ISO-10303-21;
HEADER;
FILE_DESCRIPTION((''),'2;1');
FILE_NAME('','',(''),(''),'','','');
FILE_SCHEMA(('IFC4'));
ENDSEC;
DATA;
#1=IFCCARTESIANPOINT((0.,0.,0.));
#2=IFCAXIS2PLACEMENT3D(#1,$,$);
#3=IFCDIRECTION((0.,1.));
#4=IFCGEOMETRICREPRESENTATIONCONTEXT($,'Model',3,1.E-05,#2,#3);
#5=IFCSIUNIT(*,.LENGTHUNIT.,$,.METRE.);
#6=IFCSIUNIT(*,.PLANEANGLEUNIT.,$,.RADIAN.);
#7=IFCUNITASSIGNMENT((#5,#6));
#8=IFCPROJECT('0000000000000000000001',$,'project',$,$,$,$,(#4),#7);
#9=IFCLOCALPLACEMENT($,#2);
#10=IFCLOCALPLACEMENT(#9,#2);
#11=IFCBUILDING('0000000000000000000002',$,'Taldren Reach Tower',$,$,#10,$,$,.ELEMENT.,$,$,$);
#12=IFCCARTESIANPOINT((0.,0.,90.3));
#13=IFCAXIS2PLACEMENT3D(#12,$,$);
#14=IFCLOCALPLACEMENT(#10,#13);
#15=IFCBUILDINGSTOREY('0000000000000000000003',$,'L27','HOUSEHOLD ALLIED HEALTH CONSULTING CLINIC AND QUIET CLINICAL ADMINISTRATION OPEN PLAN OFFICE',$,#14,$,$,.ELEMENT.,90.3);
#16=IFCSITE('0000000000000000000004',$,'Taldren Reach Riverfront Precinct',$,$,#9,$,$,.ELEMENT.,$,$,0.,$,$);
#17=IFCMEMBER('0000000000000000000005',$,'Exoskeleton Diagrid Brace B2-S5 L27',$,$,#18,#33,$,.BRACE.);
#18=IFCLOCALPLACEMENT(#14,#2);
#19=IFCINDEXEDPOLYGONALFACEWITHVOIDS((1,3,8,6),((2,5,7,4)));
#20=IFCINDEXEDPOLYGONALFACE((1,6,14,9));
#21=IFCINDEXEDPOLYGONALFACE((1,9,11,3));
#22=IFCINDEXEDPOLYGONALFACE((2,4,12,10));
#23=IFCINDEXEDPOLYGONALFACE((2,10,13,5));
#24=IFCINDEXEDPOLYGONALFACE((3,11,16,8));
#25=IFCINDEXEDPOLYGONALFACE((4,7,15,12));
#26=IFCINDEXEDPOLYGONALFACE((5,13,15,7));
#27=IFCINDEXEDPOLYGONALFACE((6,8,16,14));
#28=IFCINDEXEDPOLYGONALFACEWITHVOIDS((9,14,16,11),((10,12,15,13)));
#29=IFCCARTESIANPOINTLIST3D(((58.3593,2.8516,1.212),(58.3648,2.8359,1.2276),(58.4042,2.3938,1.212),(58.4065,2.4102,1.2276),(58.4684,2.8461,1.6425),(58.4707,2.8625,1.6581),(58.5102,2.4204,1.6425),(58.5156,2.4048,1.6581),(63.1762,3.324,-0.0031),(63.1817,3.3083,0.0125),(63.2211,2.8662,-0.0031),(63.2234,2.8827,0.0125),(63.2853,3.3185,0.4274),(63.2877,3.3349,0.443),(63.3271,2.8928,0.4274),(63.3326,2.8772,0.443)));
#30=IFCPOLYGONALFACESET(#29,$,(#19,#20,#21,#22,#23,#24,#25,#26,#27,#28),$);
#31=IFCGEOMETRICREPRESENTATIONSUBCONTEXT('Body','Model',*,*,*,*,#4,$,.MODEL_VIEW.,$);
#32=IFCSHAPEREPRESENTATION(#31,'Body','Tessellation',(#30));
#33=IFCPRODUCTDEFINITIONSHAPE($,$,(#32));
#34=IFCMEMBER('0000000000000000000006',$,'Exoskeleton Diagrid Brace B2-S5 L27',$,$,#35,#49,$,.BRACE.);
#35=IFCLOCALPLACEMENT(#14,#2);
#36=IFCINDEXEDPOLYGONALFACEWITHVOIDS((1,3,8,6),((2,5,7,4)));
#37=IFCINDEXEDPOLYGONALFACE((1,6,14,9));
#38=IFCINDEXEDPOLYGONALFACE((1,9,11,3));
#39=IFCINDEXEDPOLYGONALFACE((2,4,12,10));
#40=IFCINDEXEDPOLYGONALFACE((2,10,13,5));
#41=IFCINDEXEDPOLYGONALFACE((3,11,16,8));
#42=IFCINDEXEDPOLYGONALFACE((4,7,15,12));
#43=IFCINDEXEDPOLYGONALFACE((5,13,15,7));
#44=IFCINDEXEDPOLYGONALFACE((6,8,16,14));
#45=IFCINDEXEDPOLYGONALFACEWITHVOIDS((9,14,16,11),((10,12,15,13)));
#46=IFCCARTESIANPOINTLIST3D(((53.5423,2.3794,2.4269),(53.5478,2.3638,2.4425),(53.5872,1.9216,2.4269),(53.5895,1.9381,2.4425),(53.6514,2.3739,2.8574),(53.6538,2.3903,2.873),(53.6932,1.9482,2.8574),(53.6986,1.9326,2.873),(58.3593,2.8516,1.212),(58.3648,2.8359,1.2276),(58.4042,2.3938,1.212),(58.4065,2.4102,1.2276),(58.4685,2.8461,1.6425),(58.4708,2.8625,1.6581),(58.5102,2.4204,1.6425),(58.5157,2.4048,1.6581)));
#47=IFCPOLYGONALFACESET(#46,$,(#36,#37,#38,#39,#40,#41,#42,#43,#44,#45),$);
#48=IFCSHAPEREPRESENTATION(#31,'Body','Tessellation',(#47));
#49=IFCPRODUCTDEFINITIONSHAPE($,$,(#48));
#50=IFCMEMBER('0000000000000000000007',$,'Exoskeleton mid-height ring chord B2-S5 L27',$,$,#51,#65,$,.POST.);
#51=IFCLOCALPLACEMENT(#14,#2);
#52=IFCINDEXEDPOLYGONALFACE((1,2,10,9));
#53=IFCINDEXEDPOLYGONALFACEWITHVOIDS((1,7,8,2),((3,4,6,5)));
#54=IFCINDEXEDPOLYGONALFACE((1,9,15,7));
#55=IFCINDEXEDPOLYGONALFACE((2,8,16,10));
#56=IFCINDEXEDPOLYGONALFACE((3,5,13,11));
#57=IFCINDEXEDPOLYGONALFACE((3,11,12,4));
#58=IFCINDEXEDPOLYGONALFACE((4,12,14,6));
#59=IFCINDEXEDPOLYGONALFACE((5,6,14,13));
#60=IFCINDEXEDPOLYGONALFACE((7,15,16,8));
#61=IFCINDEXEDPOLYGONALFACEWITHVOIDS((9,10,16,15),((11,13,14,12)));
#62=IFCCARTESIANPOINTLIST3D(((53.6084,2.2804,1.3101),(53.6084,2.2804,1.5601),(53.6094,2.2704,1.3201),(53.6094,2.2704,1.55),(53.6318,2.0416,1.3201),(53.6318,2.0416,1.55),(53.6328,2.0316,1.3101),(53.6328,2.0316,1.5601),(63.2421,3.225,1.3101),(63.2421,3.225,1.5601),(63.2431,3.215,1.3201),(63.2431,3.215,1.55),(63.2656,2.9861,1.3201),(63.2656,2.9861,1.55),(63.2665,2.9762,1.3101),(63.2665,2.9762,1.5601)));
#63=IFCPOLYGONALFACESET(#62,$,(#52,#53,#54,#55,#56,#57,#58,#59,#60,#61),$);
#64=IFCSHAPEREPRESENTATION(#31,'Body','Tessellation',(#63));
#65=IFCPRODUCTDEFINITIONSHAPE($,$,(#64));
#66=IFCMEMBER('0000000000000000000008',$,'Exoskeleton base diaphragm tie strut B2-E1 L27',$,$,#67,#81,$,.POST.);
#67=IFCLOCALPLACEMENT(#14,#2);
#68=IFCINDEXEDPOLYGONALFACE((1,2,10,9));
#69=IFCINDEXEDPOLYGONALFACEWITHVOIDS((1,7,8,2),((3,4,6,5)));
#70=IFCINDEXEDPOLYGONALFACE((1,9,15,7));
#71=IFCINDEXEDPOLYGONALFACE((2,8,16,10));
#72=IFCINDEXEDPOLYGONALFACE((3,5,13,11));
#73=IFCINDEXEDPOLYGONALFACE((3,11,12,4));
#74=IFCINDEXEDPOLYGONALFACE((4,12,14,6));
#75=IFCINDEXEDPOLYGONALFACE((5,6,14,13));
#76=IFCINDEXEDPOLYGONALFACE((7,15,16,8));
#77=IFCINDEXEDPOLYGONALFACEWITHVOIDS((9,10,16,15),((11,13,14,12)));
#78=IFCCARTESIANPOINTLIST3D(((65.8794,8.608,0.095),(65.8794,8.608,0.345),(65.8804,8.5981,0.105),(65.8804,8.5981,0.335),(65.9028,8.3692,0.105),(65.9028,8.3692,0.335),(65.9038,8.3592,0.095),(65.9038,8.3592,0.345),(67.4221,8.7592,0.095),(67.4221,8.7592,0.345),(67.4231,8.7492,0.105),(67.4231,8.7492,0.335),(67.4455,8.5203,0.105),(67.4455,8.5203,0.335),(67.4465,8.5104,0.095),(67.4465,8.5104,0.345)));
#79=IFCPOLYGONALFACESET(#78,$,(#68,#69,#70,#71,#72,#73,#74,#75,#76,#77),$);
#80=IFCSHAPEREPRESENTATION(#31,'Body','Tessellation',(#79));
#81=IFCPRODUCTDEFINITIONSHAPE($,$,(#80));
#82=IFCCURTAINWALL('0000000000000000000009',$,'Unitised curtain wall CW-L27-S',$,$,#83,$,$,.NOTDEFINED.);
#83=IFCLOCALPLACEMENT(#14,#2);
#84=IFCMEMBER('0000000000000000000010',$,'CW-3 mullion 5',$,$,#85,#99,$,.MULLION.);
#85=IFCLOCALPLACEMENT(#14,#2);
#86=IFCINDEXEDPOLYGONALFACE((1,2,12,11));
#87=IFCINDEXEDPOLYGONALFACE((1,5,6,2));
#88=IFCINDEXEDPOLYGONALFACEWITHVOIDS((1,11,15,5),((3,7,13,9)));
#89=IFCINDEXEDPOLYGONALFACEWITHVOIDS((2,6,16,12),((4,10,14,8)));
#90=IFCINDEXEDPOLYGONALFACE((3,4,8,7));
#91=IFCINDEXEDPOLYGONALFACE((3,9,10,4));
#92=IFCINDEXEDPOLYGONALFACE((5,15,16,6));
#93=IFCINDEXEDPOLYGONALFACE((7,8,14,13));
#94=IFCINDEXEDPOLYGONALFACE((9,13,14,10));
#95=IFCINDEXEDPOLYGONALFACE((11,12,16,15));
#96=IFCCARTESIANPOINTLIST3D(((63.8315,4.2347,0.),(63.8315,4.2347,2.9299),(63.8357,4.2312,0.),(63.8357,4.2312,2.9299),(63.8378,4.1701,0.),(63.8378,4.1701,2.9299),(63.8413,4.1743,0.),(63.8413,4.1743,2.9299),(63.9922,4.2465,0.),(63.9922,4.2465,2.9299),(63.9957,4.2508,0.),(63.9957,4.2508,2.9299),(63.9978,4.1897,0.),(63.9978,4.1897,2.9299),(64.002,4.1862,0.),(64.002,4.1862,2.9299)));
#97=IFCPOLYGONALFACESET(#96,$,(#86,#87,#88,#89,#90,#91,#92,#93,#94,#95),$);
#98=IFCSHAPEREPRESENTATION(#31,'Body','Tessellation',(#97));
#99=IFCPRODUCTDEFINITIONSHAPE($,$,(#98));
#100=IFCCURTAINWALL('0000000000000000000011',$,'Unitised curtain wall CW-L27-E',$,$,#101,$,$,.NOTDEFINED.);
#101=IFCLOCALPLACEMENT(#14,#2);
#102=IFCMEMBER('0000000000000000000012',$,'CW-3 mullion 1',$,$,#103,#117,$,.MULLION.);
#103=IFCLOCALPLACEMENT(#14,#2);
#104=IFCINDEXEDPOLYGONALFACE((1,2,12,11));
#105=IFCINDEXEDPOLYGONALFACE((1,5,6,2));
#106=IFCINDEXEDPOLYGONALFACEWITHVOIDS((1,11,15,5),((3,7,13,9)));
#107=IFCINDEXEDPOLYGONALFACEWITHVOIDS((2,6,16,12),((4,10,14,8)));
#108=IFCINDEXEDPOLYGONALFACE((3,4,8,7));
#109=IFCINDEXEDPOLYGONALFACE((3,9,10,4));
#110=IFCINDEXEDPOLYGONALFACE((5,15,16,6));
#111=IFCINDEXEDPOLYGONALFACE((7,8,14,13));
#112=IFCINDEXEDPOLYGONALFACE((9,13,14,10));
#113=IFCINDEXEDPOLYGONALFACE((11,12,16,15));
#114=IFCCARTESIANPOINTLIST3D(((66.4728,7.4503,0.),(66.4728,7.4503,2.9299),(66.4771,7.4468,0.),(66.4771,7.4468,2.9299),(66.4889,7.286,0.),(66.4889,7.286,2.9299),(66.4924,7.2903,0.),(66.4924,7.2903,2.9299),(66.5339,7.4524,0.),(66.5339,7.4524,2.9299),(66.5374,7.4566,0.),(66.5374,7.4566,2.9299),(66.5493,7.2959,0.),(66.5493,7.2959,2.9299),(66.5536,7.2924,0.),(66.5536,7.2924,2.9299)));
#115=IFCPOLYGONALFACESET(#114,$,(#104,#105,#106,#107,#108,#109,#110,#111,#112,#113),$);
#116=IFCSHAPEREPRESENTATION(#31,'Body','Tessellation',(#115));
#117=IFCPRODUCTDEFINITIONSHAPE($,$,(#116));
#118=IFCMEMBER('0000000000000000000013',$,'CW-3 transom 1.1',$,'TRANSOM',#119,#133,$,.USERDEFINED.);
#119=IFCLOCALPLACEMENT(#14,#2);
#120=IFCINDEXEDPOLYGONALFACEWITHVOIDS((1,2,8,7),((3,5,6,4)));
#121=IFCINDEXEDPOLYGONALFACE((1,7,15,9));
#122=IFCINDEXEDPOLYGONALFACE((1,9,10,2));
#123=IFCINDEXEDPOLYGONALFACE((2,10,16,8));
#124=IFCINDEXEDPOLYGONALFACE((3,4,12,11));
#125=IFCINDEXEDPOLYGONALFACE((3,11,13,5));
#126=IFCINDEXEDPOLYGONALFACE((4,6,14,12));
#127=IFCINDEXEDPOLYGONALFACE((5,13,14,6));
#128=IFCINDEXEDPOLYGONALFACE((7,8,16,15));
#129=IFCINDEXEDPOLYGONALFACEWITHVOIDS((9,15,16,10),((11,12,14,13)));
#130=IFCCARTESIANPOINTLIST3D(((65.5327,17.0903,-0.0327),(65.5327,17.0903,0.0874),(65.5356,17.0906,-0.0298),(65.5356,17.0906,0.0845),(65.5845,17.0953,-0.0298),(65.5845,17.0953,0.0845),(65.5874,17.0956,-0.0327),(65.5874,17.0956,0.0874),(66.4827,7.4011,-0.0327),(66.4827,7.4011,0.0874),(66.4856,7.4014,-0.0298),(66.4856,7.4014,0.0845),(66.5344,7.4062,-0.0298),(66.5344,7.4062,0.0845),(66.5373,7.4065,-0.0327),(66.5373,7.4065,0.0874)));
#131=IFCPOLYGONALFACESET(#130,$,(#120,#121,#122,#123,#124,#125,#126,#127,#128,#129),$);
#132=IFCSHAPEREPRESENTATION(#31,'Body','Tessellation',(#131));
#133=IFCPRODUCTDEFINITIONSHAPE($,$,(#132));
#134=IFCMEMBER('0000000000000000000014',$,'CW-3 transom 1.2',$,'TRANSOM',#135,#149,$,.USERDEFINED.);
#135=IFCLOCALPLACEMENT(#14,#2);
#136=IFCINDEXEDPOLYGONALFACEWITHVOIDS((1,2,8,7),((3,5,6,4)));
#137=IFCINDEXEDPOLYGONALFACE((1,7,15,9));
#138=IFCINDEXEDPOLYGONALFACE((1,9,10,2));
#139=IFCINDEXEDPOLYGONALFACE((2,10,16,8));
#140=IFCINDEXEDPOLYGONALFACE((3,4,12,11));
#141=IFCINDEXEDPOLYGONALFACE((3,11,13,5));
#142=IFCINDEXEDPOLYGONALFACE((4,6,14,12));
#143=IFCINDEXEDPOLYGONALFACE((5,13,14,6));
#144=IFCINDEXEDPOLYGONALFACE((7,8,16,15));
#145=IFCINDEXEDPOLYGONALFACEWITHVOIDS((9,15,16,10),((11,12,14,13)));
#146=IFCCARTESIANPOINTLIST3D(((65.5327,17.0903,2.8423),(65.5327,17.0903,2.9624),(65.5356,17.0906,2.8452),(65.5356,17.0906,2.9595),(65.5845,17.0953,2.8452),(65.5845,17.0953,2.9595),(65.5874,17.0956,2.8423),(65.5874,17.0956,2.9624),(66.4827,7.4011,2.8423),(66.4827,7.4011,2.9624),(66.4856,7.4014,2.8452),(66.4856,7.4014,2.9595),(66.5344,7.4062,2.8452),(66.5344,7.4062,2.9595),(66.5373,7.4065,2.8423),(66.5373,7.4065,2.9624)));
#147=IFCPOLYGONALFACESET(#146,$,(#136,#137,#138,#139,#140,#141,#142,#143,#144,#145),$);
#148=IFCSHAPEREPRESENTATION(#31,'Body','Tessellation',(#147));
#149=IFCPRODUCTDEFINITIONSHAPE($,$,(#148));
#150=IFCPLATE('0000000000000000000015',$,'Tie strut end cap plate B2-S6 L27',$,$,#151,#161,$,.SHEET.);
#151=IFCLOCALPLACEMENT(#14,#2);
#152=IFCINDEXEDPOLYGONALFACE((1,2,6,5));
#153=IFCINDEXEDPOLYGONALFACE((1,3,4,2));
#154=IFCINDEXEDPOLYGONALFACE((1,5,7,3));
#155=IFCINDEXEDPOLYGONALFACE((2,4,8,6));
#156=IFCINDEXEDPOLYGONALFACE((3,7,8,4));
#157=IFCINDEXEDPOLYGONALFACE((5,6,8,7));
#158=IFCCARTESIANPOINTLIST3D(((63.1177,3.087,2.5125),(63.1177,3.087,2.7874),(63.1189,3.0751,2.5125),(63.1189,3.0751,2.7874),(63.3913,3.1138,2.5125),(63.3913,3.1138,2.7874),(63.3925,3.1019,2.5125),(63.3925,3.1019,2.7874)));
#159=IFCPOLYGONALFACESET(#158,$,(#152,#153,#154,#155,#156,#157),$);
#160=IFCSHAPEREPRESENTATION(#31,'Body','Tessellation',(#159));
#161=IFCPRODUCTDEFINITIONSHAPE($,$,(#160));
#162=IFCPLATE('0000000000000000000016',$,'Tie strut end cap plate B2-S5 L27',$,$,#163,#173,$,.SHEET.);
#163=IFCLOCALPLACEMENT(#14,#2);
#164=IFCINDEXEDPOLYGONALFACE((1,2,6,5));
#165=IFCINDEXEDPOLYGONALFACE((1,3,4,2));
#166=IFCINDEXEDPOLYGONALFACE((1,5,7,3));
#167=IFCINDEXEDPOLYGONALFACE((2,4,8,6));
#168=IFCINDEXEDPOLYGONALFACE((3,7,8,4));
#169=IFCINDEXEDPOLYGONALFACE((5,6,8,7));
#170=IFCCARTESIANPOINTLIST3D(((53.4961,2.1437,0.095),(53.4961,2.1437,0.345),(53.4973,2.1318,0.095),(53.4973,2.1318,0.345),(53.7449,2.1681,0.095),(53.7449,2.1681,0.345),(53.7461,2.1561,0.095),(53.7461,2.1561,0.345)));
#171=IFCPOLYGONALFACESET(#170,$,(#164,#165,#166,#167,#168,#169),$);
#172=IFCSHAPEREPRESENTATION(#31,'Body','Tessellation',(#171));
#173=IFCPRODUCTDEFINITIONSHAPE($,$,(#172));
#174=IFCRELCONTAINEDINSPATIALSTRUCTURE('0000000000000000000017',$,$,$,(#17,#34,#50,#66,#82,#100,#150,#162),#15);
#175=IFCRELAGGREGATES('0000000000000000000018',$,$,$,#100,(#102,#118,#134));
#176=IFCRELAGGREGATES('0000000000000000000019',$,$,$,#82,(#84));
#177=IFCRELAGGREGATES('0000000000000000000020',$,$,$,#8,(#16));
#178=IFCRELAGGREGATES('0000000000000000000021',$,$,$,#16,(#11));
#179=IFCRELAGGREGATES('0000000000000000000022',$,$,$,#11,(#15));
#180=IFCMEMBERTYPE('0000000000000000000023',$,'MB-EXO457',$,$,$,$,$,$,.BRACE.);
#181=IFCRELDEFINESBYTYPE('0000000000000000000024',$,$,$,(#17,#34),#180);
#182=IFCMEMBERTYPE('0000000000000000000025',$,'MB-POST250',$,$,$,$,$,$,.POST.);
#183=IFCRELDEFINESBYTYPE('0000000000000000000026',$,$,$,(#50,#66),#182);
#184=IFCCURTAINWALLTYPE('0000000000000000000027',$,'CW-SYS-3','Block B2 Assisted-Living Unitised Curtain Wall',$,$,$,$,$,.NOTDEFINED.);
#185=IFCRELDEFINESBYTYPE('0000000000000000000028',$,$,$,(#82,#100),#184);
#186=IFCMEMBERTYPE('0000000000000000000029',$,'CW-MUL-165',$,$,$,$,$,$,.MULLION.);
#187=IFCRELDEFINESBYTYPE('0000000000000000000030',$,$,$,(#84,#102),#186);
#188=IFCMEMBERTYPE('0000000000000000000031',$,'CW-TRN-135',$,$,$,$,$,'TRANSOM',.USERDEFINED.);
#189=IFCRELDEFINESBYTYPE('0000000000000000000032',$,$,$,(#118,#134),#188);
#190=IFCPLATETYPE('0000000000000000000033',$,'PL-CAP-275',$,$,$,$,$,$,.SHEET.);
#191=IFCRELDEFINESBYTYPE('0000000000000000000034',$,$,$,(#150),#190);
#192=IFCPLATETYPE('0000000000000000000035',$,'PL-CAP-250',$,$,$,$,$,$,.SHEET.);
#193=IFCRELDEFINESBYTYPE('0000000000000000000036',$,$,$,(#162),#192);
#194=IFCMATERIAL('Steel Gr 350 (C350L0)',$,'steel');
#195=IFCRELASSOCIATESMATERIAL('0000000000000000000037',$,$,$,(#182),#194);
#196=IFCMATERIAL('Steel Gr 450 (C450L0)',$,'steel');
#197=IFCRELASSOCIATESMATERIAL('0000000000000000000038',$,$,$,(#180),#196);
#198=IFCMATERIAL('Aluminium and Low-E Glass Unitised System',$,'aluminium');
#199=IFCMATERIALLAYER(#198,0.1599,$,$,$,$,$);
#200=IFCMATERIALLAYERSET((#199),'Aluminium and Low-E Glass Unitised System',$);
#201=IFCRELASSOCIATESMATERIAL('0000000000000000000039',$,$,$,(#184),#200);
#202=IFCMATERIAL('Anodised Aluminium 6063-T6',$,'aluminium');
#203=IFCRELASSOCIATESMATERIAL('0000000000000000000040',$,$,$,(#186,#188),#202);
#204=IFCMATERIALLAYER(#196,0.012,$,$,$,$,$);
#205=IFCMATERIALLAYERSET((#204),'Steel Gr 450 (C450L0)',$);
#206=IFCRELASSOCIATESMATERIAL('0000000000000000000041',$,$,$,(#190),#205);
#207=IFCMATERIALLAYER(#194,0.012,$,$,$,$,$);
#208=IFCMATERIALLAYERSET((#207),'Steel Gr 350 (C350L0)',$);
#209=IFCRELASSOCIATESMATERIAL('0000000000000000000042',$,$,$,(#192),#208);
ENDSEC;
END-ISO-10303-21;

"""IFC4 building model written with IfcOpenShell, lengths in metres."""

from ifc_helpers import new_model, si_unit, direction, frame, origin, origin_2d, place, context, subcontext, project, spatial, rectangle, hollow_rectangle, extrude, source, transform, mapped, material, layer, layer_set, material_profile, profile_set, type_object, element, aggregate, save


model = new_model("IFC4")

# Units and contexts
model_context = context("Model", 3, precision=1e-05, world=origin(), true_north=direction((0.0, 1.0)))
body_context = subcontext(model_context, "Body", "Model", "MODEL_VIEW")
ifc_project = project(units=[si_unit("LENGTHUNIT", "METRE"), si_unit("PLANEANGLEUNIT", "RADIAN")], contexts=[model_context])

# Site, building, storey
site_placement = place(None, origin())
site = spatial("IfcSite", under=ifc_project, at=site_placement, Name="Taldren Reach Riverfront Precinct", CompositionType="ELEMENT", RefElevation=0.0)
building_placement = place(site_placement, origin())
building = spatial("IfcBuilding", under=site, at=building_placement, Name="Taldren Reach Tower", CompositionType="ELEMENT")
storey_placement = place(building_placement, frame((0.0, 0.0, 90.3)))
storey = spatial("IfcBuildingStorey", under=building, at=storey_placement, Name="L27", Description="HOUSEHOLD ALLIED HEALTH CONSULTING CLINIC AND QUIET CLINICAL ADMINISTRATION OPEN PLAN OFFICE", CompositionType="ELEMENT", Elevation=90.3)

# Shared definitions
ifc_material_1 = material(Name="Steel Gr 450 (C450L0)", Category="steel")
ifc_material_2 = material(Name="Steel Gr 350 (C350L0)", Category="steel")
ifc_material_profile_1 = material_profile(ifc_material_2, hollow_rectangle(XDim=0.25, YDim=0.25, WallThickness=0.01, at=origin_2d()), Name="250x250x10.0SHS")
ifc_profile_set_1 = profile_set([ifc_material_profile_1], Name="Steel Gr 350 (C350L0)")
member_type_1 = type_object("IfcMemberType", Name="MB-POST250", PredefinedType="POST", material=ifc_profile_set_1)

# Members
ifc_material_profile_2 = material_profile(ifc_material_1, hollow_rectangle(XDim=0.46, YDim=0.46, WallThickness=0.0161, at=origin_2d()), Name="460x460x16.0SHS")
ifc_profile_set_2 = profile_set([ifc_material_profile_2], Name="Steel Gr 450 (C450L0)")
member_type_2 = type_object("IfcMemberType", Name="MB-EXO457", PredefinedType="BRACE", material=ifc_profile_set_2)
shared_shape_1 = source(origin(), body_context, "Body", "SweptSolid", [
    extrude(hollow_rectangle(XDim=0.46, YDim=0.46, WallThickness=0.0161, at=origin_2d()), origin(), (0.0, 0.0, 1.0), 4.9902),
])
for number, where, z_axis, x_axis, name in (
    (1, (63.2544, 3.1006, 0.22), (-0.965271, -0.094668, 0.243495), (0.097606, -0.995225, 0.0), "Exoskeleton Diagrid Brace B2-S5 L27"),
    (2, (58.4375, 2.6282, 1.4351), (-0.965287, -0.094621, 0.24345), (0.097556, -0.99523, 0.0), "Exoskeleton Diagrid Brace B2-S5 L27"),
):
    element("IfcMember", number, at=place(storey_placement, frame(where, z_axis=z_axis, x_axis=x_axis)), inside=storey, type_object=member_type_2, Name=name, PredefinedType="BRACE", context=body_context, shape_type="MappedRepresentation", body=[
        mapped(shared_shape_1, transform((0.0, 0.0, 0.0), scale=1.0)),
    ])
shared_shape_2 = source(origin(), body_context, "Body", "SweptSolid", [
    extrude(hollow_rectangle(XDim=0.25, YDim=0.25, WallThickness=0.01, at=origin_2d()), origin(), (0.0, 0.0, 1.0), 9.6799),
])
member_1_placement = place(storey_placement, frame((53.6206, 2.156, 1.4351), z_axis=(0.995228, 0.097581, 0.0), x_axis=(-0.097581, 0.995228, 0.0)))
element("IfcMember", 3, at=member_1_placement, inside=storey, type_object=member_type_1, Name="Exoskeleton mid-height ring chord B2-S5 L27", PredefinedType="POST", context=body_context, shape_type="MappedRepresentation", body=[
    mapped(shared_shape_2, transform((0.0, 0.0, 0.0), scale=1.0)),
])
shared_shape_3 = source(origin(), body_context, "Body", "SweptSolid", [
    extrude(hollow_rectangle(XDim=0.25, YDim=0.25, WallThickness=0.01, at=origin_2d()), origin(), (0.0, 0.0, 1.0), 1.55),
])
member_2_placement = place(storey_placement, frame((65.8916, 8.4836, 0.22), z_axis=(0.995236, 0.097492, 0.0), x_axis=(-0.097492, 0.995236, 0.0)))
element("IfcMember", 4, at=member_2_placement, inside=storey, type_object=member_type_1, Name="Exoskeleton base diaphragm tie strut B2-E1 L27", PredefinedType="POST", context=body_context, shape_type="MappedRepresentation", body=[
    mapped(shared_shape_3, transform((0.0, 0.0, 0.0), scale=1.0)),
])

# Curtain wall, member
ifc_material_3 = material(Name="Aluminium and Low-E Glass Unitised System", Category="aluminium")
ifc_layer_1 = layer(ifc_material_3, 0.1599)
ifc_layer_set_1 = layer_set([ifc_layer_1], Name="Aluminium and Low-E Glass Unitised System")
curtain_wall_type = type_object("IfcCurtainWallType", Name="CW-SYS-3", Description="Block B2 Assisted-Living Unitised Curtain Wall", PredefinedType="NOTDEFINED", material=ifc_layer_set_1)
curtain_wall_1_placement = place(storey_placement, origin())
curtain_wall_1 = element("IfcCurtainWall", 5, at=curtain_wall_1_placement, inside=storey, type_object=curtain_wall_type, Name="Unitised curtain wall CW-L27-S", PredefinedType="NOTDEFINED")
ifc_material_4 = material(Name="Anodised Aluminium 6063-T6", Category="aluminium")
ifc_material_profile_3 = material_profile(ifc_material_4, hollow_rectangle(XDim=0.0649, YDim=0.165, WallThickness=0.0039, at=origin_2d()), Name="ALU-165x65x4RHS")
ifc_profile_set_3 = profile_set([ifc_material_profile_3], Name="Anodised Aluminium 6063-T6")
member_type_3 = type_object("IfcMemberType", Name="CW-MUL-165", PredefinedType="MULLION", material=ifc_profile_set_3)
shared_shape_4 = source(origin(), body_context, "Body", "SweptSolid", [
    extrude(hollow_rectangle(XDim=0.0649, YDim=0.165, WallThickness=0.0039, at=origin_2d()), origin(), (0.0, 0.0, 1.0), 2.9299),
])
member_3_placement = place(storey_placement, frame((63.9167, 4.2104, 0.0), z_axis=(0.0, 0.0, 1.0), x_axis=(-0.097583, 0.995227, 0.0)))
member_3 = element("IfcMember", 6, at=member_3_placement, type_object=member_type_3, Name="CW-3 mullion 5", PredefinedType="MULLION", context=body_context, shape_type="MappedRepresentation", body=[
    mapped(shared_shape_4, transform((0.0, 0.0, 0.0), scale=1.0)),
])

# Curtain wall, members
curtain_wall_2_placement = place(storey_placement, origin())
curtain_wall_2 = element("IfcCurtainWall", 7, at=curtain_wall_2_placement, inside=storey, type_object=curtain_wall_type, Name="Unitised curtain wall CW-L27-E", PredefinedType="NOTDEFINED")
member_4_placement = place(storey_placement, frame((66.5132, 7.3713, 0.0), z_axis=(0.0, 0.0, 1.0), x_axis=(-0.995227, -0.097583, 0.0)))
member_4 = element("IfcMember", 8, at=member_4_placement, type_object=member_type_3, Name="CW-3 mullion 1", PredefinedType="MULLION", context=body_context, shape_type="MappedRepresentation", body=[
    mapped(shared_shape_4, transform((0.0, 0.0, 0.0), scale=1.0)),
])
ifc_material_profile_4 = material_profile(ifc_material_4, hollow_rectangle(XDim=0.0549, YDim=0.1201, WallThickness=0.0029, at=origin_2d()), Name="ALU-120x55x3RHS")
ifc_profile_set_4 = profile_set([ifc_material_profile_4], Name="Anodised Aluminium 6063-T6")
member_type_4 = type_object("IfcMemberType", Name="CW-TRN-135", ElementType="TRANSOM", PredefinedType="USERDEFINED", material=ifc_profile_set_4)
shared_shape_5 = source(origin(), body_context, "Body", "SweptSolid", [
    extrude(hollow_rectangle(XDim=0.0549, YDim=0.1201, WallThickness=0.0029, at=origin_2d()), origin(), (0.0, 0.0, 1.0), 9.7356),
])
member_5_placement = place(storey_placement, frame((66.51, 7.4038, 0.0273), z_axis=(-0.097574, 0.995228, 0.0), x_axis=(-0.995228, -0.097574, 0.0)))
member_5 = element("IfcMember", 9, at=member_5_placement, type_object=member_type_4, Name="CW-3 transom 1.1", ObjectType="TRANSOM", PredefinedType="USERDEFINED", context=body_context, shape_type="MappedRepresentation", body=[
    mapped(shared_shape_5, transform((0.0, 0.0, 0.0), scale=1.0)),
])
member_6_placement = place(storey_placement, frame((66.51, 7.4038, 2.9023), z_axis=(-0.097574, 0.995228, 0.0), x_axis=(-0.995228, -0.097574, 0.0)))
member_6 = element("IfcMember", 10, at=member_6_placement, type_object=member_type_4, Name="CW-3 transom 1.2", ObjectType="TRANSOM", PredefinedType="USERDEFINED", context=body_context, shape_type="MappedRepresentation", body=[
    mapped(shared_shape_5, transform((0.0, 0.0, 0.0), scale=1.0)),
])
aggregate(curtain_wall_2, [member_4, member_5, member_6])

# Plates
ifc_layer_2 = layer(ifc_material_1, 0.012)
ifc_layer_set_2 = layer_set([ifc_layer_2], Name="Steel Gr 450 (C450L0)")
plate_type_1 = type_object("IfcPlateType", Name="PL-CAP-275", PredefinedType="SHEET", material=ifc_layer_set_2)
shared_shape_6 = source(origin(), body_context, "Body", "SweptSolid", [
    extrude(rectangle(XDim=0.2749, YDim=0.012, at=origin_2d()), origin(), (0.0, 0.0, 1.0), 0.2749),
])
plate_1_placement = place(storey_placement, frame((63.2551, 3.0945, 2.5125), z_axis=(0.0, 0.0, 1.0), x_axis=(0.995227, 0.097583, 0.0)))
element("IfcPlate", 11, at=plate_1_placement, inside=storey, type_object=plate_type_1, Name="Tie strut end cap plate B2-S6 L27", PredefinedType="SHEET", context=body_context, shape_type="MappedRepresentation", body=[
    mapped(shared_shape_6, transform((0.0, 0.0, 0.0), scale=1.0)),
])
ifc_layer_3 = layer(ifc_material_2, 0.012)
ifc_layer_set_3 = layer_set([ifc_layer_3], Name="Steel Gr 350 (C350L0)")
plate_type_2 = type_object("IfcPlateType", Name="PL-CAP-250", PredefinedType="SHEET", material=ifc_layer_set_3)
shared_shape_7 = source(origin(), body_context, "Body", "SweptSolid", [
    extrude(rectangle(XDim=0.25, YDim=0.012, at=origin_2d()), origin(), (0.0, 0.0, 1.0), 0.25),
])
plate_2_placement = place(storey_placement, frame((53.6211, 2.1499, 0.095), z_axis=(0.0, 0.0, 1.0), x_axis=(0.995227, 0.097583, 0.0)))
element("IfcPlate", 12, at=plate_2_placement, inside=storey, type_object=plate_type_2, Name="Tie strut end cap plate B2-S5 L27", PredefinedType="SHEET", context=body_context, shape_type="MappedRepresentation", body=[
    mapped(shared_shape_7, transform((0.0, 0.0, 0.0), scale=1.0)),
])

aggregate(curtain_wall_1, [member_3])

save(model, "model.ifc")
